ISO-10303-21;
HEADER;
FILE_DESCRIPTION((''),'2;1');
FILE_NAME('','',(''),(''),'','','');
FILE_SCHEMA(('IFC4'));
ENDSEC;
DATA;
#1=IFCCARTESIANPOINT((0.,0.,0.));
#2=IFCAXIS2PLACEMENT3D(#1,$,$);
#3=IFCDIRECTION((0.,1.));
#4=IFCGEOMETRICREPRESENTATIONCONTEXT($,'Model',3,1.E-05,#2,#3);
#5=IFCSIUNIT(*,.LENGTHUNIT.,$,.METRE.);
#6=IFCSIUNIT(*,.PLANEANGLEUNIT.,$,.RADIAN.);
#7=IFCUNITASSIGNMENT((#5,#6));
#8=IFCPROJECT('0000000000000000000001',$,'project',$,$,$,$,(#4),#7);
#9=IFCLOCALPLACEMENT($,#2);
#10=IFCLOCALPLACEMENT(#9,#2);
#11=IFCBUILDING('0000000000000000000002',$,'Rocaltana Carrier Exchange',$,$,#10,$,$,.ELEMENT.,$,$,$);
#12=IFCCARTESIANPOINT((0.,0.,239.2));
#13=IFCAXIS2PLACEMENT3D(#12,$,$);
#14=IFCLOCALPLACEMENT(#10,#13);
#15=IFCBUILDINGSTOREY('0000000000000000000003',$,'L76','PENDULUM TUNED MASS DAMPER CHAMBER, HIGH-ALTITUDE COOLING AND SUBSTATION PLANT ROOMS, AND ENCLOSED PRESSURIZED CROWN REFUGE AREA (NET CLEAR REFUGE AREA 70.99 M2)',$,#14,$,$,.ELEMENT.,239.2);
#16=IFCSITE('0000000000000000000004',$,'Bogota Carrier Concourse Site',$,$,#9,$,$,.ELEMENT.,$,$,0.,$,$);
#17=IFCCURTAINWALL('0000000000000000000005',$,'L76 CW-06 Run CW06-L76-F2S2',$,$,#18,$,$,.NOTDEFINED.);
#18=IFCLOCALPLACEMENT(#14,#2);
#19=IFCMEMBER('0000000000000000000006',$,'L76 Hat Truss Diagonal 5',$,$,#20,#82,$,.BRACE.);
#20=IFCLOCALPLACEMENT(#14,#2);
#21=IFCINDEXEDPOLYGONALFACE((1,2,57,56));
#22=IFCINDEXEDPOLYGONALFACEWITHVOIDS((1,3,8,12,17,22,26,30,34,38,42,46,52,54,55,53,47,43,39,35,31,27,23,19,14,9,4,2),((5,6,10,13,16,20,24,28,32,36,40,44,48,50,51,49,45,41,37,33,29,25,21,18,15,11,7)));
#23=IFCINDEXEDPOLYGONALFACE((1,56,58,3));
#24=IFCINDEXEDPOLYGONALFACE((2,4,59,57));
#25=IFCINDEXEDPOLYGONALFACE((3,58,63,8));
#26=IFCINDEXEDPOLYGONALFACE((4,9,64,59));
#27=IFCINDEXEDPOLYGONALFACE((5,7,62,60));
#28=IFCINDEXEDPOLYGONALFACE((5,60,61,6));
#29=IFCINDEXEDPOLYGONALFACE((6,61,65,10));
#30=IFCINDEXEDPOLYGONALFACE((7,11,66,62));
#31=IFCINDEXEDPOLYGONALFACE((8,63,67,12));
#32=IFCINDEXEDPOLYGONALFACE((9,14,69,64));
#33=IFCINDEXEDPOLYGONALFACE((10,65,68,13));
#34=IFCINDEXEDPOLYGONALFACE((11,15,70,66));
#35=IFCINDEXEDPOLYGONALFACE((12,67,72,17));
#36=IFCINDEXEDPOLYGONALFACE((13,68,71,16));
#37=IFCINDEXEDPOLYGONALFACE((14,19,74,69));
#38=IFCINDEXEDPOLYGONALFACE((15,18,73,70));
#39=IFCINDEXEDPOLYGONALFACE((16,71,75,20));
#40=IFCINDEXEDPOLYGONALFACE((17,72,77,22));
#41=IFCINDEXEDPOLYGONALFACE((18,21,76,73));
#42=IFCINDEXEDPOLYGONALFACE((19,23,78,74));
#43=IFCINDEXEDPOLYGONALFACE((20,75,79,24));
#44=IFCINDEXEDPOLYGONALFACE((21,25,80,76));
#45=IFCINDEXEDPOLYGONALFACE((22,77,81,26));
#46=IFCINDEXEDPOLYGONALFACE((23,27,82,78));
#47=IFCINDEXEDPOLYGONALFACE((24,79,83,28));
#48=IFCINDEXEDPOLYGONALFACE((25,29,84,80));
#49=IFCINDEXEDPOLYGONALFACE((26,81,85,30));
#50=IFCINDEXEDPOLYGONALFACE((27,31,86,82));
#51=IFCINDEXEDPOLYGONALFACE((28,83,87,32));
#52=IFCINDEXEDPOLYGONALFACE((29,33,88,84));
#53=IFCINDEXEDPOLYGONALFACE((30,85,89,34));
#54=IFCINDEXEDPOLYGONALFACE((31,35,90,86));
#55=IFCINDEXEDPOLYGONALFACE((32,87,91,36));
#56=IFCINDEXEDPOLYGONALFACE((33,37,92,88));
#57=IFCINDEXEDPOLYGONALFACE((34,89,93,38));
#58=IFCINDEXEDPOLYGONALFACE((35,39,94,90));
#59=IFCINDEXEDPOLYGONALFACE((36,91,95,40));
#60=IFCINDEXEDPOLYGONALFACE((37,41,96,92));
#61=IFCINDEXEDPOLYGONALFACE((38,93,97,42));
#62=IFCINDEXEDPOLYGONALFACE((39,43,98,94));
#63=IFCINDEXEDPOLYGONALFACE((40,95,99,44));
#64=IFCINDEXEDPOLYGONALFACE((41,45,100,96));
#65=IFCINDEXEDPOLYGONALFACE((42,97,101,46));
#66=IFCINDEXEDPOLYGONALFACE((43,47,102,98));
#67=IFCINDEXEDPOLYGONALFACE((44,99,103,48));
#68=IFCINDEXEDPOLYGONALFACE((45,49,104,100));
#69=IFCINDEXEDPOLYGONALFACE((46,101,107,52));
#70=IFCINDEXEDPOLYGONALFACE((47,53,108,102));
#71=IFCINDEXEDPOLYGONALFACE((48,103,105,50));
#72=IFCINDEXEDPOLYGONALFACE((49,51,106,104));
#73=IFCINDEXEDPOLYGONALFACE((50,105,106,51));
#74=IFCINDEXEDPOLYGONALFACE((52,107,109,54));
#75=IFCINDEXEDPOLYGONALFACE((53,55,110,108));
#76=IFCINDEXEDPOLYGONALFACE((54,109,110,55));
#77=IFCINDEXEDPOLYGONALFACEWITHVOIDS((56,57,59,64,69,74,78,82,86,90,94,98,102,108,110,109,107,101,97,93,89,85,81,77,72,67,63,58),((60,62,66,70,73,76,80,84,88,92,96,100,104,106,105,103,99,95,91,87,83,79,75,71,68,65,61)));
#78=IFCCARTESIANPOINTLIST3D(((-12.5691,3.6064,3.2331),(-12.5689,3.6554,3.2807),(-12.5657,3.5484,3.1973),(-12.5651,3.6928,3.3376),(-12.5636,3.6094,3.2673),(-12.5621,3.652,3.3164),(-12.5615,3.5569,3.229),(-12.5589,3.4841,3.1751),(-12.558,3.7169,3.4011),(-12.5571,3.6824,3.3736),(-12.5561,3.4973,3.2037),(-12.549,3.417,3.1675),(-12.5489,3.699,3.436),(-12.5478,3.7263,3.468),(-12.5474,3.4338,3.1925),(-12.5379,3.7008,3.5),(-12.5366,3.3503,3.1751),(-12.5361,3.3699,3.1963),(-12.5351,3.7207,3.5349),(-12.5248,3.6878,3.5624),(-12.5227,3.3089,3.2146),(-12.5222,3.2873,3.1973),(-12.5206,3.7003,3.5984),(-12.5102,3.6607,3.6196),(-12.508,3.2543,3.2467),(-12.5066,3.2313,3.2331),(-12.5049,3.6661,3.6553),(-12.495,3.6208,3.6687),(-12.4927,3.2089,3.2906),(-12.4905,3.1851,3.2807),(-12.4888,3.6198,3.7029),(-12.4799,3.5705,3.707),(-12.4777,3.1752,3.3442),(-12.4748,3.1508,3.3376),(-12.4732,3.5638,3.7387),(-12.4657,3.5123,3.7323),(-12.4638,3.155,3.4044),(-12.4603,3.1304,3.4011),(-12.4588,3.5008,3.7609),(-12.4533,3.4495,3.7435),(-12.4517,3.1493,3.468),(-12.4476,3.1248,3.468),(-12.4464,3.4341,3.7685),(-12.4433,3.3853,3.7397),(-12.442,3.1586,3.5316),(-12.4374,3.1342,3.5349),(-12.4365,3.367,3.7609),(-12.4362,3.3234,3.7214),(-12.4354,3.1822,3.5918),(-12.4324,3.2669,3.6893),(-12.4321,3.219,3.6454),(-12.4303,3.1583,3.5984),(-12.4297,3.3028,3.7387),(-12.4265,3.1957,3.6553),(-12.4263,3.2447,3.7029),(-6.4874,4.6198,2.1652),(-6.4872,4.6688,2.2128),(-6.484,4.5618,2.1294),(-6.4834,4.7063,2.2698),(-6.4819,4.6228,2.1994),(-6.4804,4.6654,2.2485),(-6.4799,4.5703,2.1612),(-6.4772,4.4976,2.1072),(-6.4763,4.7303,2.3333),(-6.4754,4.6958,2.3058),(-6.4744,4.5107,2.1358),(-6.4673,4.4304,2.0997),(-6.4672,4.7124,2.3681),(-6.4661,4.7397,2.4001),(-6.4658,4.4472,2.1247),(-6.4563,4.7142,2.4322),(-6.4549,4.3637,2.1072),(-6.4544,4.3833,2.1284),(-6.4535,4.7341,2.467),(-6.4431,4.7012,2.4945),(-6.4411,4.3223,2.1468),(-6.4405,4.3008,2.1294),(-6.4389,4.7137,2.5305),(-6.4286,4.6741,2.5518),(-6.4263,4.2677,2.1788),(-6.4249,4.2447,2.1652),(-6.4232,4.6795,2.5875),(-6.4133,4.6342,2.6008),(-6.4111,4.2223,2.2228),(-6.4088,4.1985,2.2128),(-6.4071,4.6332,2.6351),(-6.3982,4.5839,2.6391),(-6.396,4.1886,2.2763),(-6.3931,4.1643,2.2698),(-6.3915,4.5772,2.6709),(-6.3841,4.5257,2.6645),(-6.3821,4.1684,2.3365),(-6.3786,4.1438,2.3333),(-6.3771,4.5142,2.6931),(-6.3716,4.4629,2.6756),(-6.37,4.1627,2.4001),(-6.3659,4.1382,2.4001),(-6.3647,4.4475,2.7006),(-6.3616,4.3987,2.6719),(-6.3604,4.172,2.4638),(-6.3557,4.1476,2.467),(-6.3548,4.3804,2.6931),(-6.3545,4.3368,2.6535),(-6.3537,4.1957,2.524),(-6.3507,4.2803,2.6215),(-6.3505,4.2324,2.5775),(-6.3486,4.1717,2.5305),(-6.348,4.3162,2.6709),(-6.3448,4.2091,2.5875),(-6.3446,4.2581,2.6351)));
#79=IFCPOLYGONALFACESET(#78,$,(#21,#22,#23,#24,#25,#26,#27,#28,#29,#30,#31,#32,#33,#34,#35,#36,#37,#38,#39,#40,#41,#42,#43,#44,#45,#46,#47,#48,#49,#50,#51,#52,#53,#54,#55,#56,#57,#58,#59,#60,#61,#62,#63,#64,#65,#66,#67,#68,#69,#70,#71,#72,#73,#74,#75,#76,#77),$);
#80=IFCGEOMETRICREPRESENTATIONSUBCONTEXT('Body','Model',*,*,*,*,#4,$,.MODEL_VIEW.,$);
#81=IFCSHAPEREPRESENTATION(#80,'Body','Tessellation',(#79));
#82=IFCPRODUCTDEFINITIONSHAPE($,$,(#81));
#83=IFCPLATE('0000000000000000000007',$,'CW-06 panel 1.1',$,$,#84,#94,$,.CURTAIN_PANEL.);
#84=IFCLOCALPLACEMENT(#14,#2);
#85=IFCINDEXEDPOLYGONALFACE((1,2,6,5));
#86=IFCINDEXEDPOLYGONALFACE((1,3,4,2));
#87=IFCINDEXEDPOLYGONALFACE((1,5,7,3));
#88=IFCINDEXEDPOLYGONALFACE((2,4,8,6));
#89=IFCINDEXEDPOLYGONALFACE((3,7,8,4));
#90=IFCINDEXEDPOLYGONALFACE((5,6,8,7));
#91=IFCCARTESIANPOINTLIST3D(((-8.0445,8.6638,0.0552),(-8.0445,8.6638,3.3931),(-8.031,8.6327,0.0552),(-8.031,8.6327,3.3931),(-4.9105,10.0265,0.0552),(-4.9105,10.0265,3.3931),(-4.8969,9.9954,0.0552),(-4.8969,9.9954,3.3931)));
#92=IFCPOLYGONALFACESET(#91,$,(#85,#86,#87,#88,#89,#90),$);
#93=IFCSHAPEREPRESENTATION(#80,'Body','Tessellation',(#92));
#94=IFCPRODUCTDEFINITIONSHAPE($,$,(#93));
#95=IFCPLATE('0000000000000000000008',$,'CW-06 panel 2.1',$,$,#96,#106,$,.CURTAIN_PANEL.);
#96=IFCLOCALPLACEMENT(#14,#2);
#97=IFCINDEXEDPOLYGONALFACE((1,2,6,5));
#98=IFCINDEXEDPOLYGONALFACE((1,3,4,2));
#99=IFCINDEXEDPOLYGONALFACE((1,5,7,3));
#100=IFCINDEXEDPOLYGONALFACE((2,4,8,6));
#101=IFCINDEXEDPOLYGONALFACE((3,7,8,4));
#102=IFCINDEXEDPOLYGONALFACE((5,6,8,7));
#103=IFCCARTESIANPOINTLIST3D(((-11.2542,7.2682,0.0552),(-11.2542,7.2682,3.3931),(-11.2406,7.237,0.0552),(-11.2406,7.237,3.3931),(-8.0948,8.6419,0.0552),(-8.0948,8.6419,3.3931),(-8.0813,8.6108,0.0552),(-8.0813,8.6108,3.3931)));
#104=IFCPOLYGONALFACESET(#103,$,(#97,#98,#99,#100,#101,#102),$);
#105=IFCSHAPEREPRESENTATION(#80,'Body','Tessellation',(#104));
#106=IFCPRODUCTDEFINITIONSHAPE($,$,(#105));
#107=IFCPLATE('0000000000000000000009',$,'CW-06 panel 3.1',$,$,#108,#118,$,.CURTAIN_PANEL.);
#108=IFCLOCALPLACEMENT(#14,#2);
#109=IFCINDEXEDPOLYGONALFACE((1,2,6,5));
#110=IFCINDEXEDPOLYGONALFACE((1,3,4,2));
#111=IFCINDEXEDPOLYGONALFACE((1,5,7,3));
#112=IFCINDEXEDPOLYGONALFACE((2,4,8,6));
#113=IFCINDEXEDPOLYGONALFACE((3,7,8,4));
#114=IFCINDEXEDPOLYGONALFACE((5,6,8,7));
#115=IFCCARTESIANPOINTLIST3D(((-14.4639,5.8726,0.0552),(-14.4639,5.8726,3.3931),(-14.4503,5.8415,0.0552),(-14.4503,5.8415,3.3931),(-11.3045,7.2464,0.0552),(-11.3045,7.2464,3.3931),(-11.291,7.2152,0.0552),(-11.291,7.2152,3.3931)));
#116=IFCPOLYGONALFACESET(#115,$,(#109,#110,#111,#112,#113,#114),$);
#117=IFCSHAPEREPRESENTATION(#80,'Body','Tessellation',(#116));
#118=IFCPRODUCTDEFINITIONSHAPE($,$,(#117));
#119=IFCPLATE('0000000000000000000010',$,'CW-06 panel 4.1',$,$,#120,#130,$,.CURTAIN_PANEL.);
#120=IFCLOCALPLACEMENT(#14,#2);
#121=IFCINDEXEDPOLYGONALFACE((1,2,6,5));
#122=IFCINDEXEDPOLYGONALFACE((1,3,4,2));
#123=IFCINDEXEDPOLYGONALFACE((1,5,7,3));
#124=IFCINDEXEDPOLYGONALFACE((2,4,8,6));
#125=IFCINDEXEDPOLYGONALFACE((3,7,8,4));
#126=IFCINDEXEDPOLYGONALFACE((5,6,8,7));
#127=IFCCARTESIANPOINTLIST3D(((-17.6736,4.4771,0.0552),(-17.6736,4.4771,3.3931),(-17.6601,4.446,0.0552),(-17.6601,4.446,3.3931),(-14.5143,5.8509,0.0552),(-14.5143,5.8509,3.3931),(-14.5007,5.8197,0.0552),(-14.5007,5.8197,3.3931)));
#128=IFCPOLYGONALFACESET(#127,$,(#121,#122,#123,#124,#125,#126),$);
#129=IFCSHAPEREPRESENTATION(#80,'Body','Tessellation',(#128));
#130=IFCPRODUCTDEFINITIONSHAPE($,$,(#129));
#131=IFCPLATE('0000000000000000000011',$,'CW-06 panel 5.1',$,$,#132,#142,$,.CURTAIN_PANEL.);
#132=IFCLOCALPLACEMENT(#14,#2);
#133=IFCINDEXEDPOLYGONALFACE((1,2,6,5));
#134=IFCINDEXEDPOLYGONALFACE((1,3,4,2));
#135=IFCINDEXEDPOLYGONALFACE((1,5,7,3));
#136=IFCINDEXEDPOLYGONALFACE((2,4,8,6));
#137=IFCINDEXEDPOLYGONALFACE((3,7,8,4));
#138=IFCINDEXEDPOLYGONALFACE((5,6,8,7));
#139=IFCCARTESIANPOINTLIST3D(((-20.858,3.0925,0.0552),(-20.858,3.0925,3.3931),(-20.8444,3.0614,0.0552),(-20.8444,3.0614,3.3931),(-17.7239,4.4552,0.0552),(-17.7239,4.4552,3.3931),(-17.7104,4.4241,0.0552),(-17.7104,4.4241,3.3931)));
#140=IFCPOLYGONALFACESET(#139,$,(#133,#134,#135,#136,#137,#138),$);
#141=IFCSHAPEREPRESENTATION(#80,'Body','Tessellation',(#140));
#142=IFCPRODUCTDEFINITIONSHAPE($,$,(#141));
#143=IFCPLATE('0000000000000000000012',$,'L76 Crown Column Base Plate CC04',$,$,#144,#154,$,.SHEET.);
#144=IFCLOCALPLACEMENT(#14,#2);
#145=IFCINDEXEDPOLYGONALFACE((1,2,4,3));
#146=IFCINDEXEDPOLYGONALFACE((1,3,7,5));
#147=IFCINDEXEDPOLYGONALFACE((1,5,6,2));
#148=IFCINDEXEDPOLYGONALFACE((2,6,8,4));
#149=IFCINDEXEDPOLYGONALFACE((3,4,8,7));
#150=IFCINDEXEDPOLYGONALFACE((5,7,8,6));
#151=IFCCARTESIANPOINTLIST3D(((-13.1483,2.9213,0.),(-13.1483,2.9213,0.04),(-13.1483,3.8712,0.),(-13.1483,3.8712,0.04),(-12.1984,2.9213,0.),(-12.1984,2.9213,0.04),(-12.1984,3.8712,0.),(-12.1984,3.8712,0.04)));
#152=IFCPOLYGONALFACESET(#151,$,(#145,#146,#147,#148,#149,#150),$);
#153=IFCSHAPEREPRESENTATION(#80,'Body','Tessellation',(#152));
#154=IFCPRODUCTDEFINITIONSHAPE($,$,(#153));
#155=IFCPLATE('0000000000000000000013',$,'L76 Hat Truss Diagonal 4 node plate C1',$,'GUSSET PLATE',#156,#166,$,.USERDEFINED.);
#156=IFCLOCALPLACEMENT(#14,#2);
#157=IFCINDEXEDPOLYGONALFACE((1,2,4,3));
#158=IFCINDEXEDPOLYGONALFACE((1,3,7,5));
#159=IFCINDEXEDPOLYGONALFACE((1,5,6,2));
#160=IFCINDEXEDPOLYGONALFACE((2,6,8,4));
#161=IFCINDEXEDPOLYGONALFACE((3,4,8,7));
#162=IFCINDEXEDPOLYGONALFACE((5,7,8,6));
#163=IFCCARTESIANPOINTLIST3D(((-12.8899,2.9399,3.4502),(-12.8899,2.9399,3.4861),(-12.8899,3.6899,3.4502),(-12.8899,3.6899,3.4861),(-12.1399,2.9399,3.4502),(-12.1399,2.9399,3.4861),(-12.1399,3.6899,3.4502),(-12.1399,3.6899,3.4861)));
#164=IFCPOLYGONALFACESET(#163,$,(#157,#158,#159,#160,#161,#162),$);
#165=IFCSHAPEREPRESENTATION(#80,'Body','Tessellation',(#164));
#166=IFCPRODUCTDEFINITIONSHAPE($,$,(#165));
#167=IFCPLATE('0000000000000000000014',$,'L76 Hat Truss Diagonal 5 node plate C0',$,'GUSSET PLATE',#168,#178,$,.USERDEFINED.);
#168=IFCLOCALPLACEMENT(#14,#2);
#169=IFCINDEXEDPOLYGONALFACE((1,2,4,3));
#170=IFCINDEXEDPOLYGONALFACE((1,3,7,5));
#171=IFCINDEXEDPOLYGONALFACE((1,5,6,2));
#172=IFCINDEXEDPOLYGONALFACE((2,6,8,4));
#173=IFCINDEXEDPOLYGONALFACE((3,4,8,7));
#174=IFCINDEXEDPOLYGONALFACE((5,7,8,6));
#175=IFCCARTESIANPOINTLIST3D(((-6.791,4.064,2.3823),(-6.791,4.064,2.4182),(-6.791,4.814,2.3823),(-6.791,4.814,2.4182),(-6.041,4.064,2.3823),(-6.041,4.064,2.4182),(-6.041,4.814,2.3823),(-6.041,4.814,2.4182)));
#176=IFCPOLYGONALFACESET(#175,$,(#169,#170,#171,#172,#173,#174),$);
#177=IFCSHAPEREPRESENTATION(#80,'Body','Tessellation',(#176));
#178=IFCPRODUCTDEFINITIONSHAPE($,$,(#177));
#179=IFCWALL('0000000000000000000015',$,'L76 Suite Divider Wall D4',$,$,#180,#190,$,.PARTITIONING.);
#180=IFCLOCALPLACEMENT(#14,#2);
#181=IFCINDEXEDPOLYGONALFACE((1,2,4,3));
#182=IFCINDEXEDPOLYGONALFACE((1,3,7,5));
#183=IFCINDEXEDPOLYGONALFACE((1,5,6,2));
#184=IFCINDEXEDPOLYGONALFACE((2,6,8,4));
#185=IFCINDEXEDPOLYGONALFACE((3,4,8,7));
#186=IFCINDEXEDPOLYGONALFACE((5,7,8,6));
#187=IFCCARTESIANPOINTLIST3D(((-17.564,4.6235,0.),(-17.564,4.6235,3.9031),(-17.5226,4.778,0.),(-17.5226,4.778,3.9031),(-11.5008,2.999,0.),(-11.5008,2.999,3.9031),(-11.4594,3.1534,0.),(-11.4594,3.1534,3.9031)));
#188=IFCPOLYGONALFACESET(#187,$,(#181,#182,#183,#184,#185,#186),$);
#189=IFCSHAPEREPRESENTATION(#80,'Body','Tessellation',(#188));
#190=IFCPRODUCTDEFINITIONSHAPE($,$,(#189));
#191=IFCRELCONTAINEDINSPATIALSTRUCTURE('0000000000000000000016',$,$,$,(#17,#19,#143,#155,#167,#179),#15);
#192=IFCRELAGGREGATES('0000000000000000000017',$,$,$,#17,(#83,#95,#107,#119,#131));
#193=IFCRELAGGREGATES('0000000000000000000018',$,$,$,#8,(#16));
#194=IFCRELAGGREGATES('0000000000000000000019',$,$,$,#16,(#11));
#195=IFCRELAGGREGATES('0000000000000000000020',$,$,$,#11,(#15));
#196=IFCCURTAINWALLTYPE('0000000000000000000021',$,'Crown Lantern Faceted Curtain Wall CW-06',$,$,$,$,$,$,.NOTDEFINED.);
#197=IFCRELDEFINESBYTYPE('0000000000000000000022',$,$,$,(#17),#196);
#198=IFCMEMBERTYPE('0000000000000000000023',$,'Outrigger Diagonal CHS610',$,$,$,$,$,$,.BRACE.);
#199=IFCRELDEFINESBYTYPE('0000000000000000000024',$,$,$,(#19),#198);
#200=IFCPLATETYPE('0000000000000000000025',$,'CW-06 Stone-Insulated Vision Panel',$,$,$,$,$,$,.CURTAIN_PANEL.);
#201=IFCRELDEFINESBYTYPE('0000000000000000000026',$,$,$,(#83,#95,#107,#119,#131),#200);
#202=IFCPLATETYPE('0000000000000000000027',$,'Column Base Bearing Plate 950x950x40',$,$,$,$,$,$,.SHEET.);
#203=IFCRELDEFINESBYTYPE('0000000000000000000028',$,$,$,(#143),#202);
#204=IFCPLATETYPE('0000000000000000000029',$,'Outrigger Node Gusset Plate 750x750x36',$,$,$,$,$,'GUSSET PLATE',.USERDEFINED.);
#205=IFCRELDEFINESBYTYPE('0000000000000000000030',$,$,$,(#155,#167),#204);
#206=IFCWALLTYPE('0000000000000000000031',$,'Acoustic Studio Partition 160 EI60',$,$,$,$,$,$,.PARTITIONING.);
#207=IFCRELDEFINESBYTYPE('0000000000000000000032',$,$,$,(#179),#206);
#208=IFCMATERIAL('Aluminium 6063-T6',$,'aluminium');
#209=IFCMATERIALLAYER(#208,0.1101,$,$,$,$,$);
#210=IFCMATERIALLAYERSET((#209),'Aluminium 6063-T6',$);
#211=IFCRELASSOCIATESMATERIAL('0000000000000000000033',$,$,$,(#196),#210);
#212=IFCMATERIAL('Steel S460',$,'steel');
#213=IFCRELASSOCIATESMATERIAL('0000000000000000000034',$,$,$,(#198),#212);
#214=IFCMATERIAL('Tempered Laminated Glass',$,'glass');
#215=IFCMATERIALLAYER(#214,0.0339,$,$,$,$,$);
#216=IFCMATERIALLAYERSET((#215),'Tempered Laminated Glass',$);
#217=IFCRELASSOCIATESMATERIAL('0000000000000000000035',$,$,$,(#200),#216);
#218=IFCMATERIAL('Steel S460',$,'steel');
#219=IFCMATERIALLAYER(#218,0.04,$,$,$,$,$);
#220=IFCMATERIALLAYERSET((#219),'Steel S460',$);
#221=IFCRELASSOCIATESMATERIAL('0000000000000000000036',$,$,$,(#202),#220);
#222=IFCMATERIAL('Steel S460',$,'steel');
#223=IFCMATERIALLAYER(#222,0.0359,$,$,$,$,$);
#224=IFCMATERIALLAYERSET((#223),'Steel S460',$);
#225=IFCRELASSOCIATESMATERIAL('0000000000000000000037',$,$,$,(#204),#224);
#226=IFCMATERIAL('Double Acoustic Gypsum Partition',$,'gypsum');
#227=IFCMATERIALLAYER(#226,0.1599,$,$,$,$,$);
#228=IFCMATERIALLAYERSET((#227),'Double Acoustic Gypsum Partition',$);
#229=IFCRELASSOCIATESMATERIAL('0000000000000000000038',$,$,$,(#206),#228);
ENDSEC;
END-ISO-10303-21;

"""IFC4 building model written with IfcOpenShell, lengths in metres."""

from ifc_helpers import new_model, si_unit, direction, frame, frame_2d, origin, origin_2d, place, context, subcontext, project, spatial, rectangle, hollow_circle, extrude, material, layer, layer_set, material_profile, profile_set, type_object, element, aggregate, save


model = new_model("IFC4")

# Units and contexts
model_context = context("Model", 3, precision=1e-05, world=origin(), true_north=direction((0.0, 1.0)))
body_context = subcontext(model_context, "Body", "Model", "MODEL_VIEW")
ifc_project = project(units=[si_unit("LENGTHUNIT", "METRE"), si_unit("PLANEANGLEUNIT", "RADIAN")], contexts=[model_context])

# Site, building, storey
site_placement = place(None, origin())
site = spatial("IfcSite", under=ifc_project, at=site_placement, Name="Bogota Carrier Concourse Site", CompositionType="ELEMENT", RefElevation=0.0)
building_placement = place(site_placement, origin())
building = spatial("IfcBuilding", under=site, at=building_placement, Name="Rocaltana Carrier Exchange", CompositionType="ELEMENT")
storey_placement = place(building_placement, frame((0.0, 0.0, 239.2)))
storey = spatial("IfcBuildingStorey", under=building, at=storey_placement, Name="L76", Description="PENDULUM TUNED MASS DAMPER CHAMBER, HIGH-ALTITUDE COOLING AND SUBSTATION PLANT ROOMS, AND ENCLOSED PRESSURIZED CROWN REFUGE AREA (NET CLEAR REFUGE AREA 70.99 M2)", CompositionType="ELEMENT", Elevation=239.2)

# Curtain wall
ifc_material_1 = material(Name="Aluminium 6063-T6", Category="aluminium")
ifc_layer_1 = layer(ifc_material_1, 0.1101)
ifc_layer_set_1 = layer_set([ifc_layer_1], Name="Aluminium 6063-T6")
curtain_wall_type = type_object("IfcCurtainWallType", Name="Crown Lantern Faceted Curtain Wall CW-06", PredefinedType="NOTDEFINED", material=ifc_layer_set_1)
curtain_wall_1_placement = place(storey_placement, origin())
curtain_wall_1 = element("IfcCurtainWall", 1, at=curtain_wall_1_placement, inside=storey, type_object=curtain_wall_type, Name="L76 CW-06 Run CW06-L76-F2S2", PredefinedType="NOTDEFINED")

# Member
ifc_material_2 = material(Name="Steel S460", Category="steel")
ifc_material_profile_1 = material_profile(ifc_material_2, hollow_circle(Radius=0.3049, WallThickness=0.0249, at=origin_2d()), Name="CHS610X25")
ifc_profile_set_1 = profile_set([ifc_material_profile_1], Name="Steel S460")
member_type_1 = type_object("IfcMemberType", Name="Outrigger Diagonal CHS610", PredefinedType="BRACE", material=ifc_profile_set_1)
member_1_placement = place(storey_placement, frame((-6.416, 4.439, 2.4001), z_axis=(-0.971929, -0.161956, 0.170656), x_axis=(0.164367, -0.986399, 0.0)))
element("IfcMember", 2, at=member_1_placement, inside=storey, type_object=member_type_1, Name="L76 Hat Truss Diagonal 5", PredefinedType="BRACE", context=body_context, shape_type="SweptSolid", body=[
    extrude(hollow_circle(Radius=0.3049, WallThickness=0.0249, at=origin_2d()), origin(), (0.0, 0.0, 1.0), 6.2573),
])

# Plates
ifc_material_3 = material(Name="Tempered Laminated Glass", Category="glass")
ifc_layer_2 = layer(ifc_material_3, 0.0339)
ifc_layer_set_2 = layer_set([ifc_layer_2], Name="Tempered Laminated Glass")
plate_type_1 = type_object("IfcPlateType", Name="CW-06 Stone-Insulated Vision Panel", PredefinedType="CURTAIN_PANEL", material=ifc_layer_set_2)
plate_1_placement = place(storey_placement, frame((-6.4707, 9.3296, 0.0552), z_axis=(0.0, 0.0, 1.0), x_axis=(-0.91706, -0.39875, 0.0)))
plate_1 = element("IfcPlate", 3, at=plate_1_placement, type_object=plate_type_1, Name="CW-06 panel 1.1", PredefinedType="CURTAIN_PANEL", context=body_context, shape_type="SweptSolid", body=[
    extrude(rectangle(XDim=3.4175, YDim=0.0339, at=origin_2d()), origin(), (0.0, 0.0, 1.0), 3.3379),
])
plate_2_placement = place(storey_placement, frame((-9.6677, 7.9395, 0.0552), z_axis=(0.0, 0.0, 1.0), x_axis=(-0.91706, -0.39875, 0.0)))
plate_2 = element("IfcPlate", 4, at=plate_2_placement, type_object=plate_type_1, Name="CW-06 panel 2.1", PredefinedType="CURTAIN_PANEL", context=body_context, shape_type="SweptSolid", body=[
    extrude(rectangle(XDim=3.4451, YDim=0.0339, at=origin_2d()), origin(), (0.0, 0.0, 1.0), 3.3379),
])
plate_3_placement = place(storey_placement, frame((-12.8774, 6.5439, 0.0552), z_axis=(0.0, 0.0, 1.0), x_axis=(-0.91706, -0.39875, 0.0)))
plate_3 = element("IfcPlate", 5, at=plate_3_placement, type_object=plate_type_1, Name="CW-06 panel 3.1", PredefinedType="CURTAIN_PANEL", context=body_context, shape_type="SweptSolid", body=[
    extrude(rectangle(XDim=3.4451, YDim=0.0339, at=origin_2d()), origin(), (0.0, 0.0, 1.0), 3.3379),
])
plate_4_placement = place(storey_placement, frame((-16.0872, 5.1484, 0.0552), z_axis=(0.0, 0.0, 1.0), x_axis=(-0.91706, -0.39875, 0.0)))
plate_4 = element("IfcPlate", 6, at=plate_4_placement, type_object=plate_type_1, Name="CW-06 panel 4.1", PredefinedType="CURTAIN_PANEL", context=body_context, shape_type="SweptSolid", body=[
    extrude(rectangle(XDim=3.4451, YDim=0.0339, at=origin_2d()), origin(), (0.0, 0.0, 1.0), 3.3379),
])
plate_5_placement = place(storey_placement, frame((-19.2842, 3.7583, 0.0552), z_axis=(0.0, 0.0, 1.0), x_axis=(-0.91706, -0.39875, 0.0)))
plate_5 = element("IfcPlate", 7, at=plate_5_placement, type_object=plate_type_1, Name="CW-06 panel 5.1", PredefinedType="CURTAIN_PANEL", context=body_context, shape_type="SweptSolid", body=[
    extrude(rectangle(XDim=3.4175, YDim=0.0339, at=origin_2d()), origin(), (0.0, 0.0, 1.0), 3.3379),
])
aggregate(curtain_wall_1, [plate_1, plate_2, plate_3, plate_4, plate_5])

# Plates
ifc_material_4 = material(Name="Steel S460", Category="steel")
ifc_layer_3 = layer(ifc_material_4, 0.04)
ifc_layer_set_3 = layer_set([ifc_layer_3], Name="Steel S460")
plate_type_2 = type_object("IfcPlateType", Name="Column Base Bearing Plate 950x950x40", PredefinedType="SHEET", material=ifc_layer_set_3)
plate_6_placement = place(storey_placement, frame((-12.6733, 3.3962, 0.0), z_axis=(0.0, 0.0, 1.0), x_axis=(1.0, 0.0, 0.0)))
element("IfcPlate", 8, at=plate_6_placement, inside=storey, type_object=plate_type_2, Name="L76 Crown Column Base Plate CC04", PredefinedType="SHEET", context=body_context, shape_type="SweptSolid", body=[
    extrude(rectangle(XDim=0.95, YDim=0.95, at=origin_2d()), origin(), (0.0, 0.0, 1.0), 0.04),
])
ifc_material_5 = material(Name="Steel S460", Category="steel")
ifc_layer_4 = layer(ifc_material_5, 0.0359)
ifc_layer_set_4 = layer_set([ifc_layer_4], Name="Steel S460")
plate_type_3 = type_object("IfcPlateType", Name="Outrigger Node Gusset Plate 750x750x36", ElementType="GUSSET PLATE", PredefinedType="USERDEFINED", material=ifc_layer_set_4)
for number, where, z_axis, x_axis, name in (
    (9, (-12.5149, 3.3149, 3.4502), (0.0, 0.0, 1.0), (1.0, 0.0, 0.0), "L76 Hat Truss Diagonal 4 node plate C1"),
    (10, (-6.416, 4.439, 2.3823), (0.0, 0.0, 1.0), (1.0, 0.0, 0.0), "L76 Hat Truss Diagonal 5 node plate C0"),
):
    element("IfcPlate", number, at=place(storey_placement, frame(where, z_axis=z_axis, x_axis=x_axis)), inside=storey, type_object=plate_type_3, Name=name, ObjectType="GUSSET PLATE", PredefinedType="USERDEFINED", context=body_context, shape_type="SweptSolid", body=[
        extrude(rectangle(XDim=0.75, YDim=0.75, at=origin_2d()), origin(), (0.0, 0.0, 1.0), 0.0359),
    ])

# Wall
ifc_material_6 = material(Name="Double Acoustic Gypsum Partition", Category="gypsum")
ifc_layer_5 = layer(ifc_material_6, 0.1599)
ifc_layer_set_5 = layer_set([ifc_layer_5], Name="Double Acoustic Gypsum Partition")
wall_type_1 = type_object("IfcWallType", Name="Acoustic Studio Partition 160 EI60", PredefinedType="PARTITIONING", material=ifc_layer_set_5)
wall_1_placement = place(storey_placement, frame((-11.48, 3.0762, 0.0), z_axis=(0.0, 0.0, 1.0), x_axis=(-0.965931, 0.2588, 0.0)))
element("IfcWall", 11, at=wall_1_placement, inside=storey, type_object=wall_type_1, Name="L76 Suite Divider Wall D4", PredefinedType="PARTITIONING", context=body_context, shape_type="SweptSolid", body=[
    extrude(rectangle(XDim=6.2771, YDim=0.1599, at=frame_2d((3.1387, 0.0))), origin(), (0.0, 0.0, 1.0), 3.9031),
])

save(model, "model.ifc")
